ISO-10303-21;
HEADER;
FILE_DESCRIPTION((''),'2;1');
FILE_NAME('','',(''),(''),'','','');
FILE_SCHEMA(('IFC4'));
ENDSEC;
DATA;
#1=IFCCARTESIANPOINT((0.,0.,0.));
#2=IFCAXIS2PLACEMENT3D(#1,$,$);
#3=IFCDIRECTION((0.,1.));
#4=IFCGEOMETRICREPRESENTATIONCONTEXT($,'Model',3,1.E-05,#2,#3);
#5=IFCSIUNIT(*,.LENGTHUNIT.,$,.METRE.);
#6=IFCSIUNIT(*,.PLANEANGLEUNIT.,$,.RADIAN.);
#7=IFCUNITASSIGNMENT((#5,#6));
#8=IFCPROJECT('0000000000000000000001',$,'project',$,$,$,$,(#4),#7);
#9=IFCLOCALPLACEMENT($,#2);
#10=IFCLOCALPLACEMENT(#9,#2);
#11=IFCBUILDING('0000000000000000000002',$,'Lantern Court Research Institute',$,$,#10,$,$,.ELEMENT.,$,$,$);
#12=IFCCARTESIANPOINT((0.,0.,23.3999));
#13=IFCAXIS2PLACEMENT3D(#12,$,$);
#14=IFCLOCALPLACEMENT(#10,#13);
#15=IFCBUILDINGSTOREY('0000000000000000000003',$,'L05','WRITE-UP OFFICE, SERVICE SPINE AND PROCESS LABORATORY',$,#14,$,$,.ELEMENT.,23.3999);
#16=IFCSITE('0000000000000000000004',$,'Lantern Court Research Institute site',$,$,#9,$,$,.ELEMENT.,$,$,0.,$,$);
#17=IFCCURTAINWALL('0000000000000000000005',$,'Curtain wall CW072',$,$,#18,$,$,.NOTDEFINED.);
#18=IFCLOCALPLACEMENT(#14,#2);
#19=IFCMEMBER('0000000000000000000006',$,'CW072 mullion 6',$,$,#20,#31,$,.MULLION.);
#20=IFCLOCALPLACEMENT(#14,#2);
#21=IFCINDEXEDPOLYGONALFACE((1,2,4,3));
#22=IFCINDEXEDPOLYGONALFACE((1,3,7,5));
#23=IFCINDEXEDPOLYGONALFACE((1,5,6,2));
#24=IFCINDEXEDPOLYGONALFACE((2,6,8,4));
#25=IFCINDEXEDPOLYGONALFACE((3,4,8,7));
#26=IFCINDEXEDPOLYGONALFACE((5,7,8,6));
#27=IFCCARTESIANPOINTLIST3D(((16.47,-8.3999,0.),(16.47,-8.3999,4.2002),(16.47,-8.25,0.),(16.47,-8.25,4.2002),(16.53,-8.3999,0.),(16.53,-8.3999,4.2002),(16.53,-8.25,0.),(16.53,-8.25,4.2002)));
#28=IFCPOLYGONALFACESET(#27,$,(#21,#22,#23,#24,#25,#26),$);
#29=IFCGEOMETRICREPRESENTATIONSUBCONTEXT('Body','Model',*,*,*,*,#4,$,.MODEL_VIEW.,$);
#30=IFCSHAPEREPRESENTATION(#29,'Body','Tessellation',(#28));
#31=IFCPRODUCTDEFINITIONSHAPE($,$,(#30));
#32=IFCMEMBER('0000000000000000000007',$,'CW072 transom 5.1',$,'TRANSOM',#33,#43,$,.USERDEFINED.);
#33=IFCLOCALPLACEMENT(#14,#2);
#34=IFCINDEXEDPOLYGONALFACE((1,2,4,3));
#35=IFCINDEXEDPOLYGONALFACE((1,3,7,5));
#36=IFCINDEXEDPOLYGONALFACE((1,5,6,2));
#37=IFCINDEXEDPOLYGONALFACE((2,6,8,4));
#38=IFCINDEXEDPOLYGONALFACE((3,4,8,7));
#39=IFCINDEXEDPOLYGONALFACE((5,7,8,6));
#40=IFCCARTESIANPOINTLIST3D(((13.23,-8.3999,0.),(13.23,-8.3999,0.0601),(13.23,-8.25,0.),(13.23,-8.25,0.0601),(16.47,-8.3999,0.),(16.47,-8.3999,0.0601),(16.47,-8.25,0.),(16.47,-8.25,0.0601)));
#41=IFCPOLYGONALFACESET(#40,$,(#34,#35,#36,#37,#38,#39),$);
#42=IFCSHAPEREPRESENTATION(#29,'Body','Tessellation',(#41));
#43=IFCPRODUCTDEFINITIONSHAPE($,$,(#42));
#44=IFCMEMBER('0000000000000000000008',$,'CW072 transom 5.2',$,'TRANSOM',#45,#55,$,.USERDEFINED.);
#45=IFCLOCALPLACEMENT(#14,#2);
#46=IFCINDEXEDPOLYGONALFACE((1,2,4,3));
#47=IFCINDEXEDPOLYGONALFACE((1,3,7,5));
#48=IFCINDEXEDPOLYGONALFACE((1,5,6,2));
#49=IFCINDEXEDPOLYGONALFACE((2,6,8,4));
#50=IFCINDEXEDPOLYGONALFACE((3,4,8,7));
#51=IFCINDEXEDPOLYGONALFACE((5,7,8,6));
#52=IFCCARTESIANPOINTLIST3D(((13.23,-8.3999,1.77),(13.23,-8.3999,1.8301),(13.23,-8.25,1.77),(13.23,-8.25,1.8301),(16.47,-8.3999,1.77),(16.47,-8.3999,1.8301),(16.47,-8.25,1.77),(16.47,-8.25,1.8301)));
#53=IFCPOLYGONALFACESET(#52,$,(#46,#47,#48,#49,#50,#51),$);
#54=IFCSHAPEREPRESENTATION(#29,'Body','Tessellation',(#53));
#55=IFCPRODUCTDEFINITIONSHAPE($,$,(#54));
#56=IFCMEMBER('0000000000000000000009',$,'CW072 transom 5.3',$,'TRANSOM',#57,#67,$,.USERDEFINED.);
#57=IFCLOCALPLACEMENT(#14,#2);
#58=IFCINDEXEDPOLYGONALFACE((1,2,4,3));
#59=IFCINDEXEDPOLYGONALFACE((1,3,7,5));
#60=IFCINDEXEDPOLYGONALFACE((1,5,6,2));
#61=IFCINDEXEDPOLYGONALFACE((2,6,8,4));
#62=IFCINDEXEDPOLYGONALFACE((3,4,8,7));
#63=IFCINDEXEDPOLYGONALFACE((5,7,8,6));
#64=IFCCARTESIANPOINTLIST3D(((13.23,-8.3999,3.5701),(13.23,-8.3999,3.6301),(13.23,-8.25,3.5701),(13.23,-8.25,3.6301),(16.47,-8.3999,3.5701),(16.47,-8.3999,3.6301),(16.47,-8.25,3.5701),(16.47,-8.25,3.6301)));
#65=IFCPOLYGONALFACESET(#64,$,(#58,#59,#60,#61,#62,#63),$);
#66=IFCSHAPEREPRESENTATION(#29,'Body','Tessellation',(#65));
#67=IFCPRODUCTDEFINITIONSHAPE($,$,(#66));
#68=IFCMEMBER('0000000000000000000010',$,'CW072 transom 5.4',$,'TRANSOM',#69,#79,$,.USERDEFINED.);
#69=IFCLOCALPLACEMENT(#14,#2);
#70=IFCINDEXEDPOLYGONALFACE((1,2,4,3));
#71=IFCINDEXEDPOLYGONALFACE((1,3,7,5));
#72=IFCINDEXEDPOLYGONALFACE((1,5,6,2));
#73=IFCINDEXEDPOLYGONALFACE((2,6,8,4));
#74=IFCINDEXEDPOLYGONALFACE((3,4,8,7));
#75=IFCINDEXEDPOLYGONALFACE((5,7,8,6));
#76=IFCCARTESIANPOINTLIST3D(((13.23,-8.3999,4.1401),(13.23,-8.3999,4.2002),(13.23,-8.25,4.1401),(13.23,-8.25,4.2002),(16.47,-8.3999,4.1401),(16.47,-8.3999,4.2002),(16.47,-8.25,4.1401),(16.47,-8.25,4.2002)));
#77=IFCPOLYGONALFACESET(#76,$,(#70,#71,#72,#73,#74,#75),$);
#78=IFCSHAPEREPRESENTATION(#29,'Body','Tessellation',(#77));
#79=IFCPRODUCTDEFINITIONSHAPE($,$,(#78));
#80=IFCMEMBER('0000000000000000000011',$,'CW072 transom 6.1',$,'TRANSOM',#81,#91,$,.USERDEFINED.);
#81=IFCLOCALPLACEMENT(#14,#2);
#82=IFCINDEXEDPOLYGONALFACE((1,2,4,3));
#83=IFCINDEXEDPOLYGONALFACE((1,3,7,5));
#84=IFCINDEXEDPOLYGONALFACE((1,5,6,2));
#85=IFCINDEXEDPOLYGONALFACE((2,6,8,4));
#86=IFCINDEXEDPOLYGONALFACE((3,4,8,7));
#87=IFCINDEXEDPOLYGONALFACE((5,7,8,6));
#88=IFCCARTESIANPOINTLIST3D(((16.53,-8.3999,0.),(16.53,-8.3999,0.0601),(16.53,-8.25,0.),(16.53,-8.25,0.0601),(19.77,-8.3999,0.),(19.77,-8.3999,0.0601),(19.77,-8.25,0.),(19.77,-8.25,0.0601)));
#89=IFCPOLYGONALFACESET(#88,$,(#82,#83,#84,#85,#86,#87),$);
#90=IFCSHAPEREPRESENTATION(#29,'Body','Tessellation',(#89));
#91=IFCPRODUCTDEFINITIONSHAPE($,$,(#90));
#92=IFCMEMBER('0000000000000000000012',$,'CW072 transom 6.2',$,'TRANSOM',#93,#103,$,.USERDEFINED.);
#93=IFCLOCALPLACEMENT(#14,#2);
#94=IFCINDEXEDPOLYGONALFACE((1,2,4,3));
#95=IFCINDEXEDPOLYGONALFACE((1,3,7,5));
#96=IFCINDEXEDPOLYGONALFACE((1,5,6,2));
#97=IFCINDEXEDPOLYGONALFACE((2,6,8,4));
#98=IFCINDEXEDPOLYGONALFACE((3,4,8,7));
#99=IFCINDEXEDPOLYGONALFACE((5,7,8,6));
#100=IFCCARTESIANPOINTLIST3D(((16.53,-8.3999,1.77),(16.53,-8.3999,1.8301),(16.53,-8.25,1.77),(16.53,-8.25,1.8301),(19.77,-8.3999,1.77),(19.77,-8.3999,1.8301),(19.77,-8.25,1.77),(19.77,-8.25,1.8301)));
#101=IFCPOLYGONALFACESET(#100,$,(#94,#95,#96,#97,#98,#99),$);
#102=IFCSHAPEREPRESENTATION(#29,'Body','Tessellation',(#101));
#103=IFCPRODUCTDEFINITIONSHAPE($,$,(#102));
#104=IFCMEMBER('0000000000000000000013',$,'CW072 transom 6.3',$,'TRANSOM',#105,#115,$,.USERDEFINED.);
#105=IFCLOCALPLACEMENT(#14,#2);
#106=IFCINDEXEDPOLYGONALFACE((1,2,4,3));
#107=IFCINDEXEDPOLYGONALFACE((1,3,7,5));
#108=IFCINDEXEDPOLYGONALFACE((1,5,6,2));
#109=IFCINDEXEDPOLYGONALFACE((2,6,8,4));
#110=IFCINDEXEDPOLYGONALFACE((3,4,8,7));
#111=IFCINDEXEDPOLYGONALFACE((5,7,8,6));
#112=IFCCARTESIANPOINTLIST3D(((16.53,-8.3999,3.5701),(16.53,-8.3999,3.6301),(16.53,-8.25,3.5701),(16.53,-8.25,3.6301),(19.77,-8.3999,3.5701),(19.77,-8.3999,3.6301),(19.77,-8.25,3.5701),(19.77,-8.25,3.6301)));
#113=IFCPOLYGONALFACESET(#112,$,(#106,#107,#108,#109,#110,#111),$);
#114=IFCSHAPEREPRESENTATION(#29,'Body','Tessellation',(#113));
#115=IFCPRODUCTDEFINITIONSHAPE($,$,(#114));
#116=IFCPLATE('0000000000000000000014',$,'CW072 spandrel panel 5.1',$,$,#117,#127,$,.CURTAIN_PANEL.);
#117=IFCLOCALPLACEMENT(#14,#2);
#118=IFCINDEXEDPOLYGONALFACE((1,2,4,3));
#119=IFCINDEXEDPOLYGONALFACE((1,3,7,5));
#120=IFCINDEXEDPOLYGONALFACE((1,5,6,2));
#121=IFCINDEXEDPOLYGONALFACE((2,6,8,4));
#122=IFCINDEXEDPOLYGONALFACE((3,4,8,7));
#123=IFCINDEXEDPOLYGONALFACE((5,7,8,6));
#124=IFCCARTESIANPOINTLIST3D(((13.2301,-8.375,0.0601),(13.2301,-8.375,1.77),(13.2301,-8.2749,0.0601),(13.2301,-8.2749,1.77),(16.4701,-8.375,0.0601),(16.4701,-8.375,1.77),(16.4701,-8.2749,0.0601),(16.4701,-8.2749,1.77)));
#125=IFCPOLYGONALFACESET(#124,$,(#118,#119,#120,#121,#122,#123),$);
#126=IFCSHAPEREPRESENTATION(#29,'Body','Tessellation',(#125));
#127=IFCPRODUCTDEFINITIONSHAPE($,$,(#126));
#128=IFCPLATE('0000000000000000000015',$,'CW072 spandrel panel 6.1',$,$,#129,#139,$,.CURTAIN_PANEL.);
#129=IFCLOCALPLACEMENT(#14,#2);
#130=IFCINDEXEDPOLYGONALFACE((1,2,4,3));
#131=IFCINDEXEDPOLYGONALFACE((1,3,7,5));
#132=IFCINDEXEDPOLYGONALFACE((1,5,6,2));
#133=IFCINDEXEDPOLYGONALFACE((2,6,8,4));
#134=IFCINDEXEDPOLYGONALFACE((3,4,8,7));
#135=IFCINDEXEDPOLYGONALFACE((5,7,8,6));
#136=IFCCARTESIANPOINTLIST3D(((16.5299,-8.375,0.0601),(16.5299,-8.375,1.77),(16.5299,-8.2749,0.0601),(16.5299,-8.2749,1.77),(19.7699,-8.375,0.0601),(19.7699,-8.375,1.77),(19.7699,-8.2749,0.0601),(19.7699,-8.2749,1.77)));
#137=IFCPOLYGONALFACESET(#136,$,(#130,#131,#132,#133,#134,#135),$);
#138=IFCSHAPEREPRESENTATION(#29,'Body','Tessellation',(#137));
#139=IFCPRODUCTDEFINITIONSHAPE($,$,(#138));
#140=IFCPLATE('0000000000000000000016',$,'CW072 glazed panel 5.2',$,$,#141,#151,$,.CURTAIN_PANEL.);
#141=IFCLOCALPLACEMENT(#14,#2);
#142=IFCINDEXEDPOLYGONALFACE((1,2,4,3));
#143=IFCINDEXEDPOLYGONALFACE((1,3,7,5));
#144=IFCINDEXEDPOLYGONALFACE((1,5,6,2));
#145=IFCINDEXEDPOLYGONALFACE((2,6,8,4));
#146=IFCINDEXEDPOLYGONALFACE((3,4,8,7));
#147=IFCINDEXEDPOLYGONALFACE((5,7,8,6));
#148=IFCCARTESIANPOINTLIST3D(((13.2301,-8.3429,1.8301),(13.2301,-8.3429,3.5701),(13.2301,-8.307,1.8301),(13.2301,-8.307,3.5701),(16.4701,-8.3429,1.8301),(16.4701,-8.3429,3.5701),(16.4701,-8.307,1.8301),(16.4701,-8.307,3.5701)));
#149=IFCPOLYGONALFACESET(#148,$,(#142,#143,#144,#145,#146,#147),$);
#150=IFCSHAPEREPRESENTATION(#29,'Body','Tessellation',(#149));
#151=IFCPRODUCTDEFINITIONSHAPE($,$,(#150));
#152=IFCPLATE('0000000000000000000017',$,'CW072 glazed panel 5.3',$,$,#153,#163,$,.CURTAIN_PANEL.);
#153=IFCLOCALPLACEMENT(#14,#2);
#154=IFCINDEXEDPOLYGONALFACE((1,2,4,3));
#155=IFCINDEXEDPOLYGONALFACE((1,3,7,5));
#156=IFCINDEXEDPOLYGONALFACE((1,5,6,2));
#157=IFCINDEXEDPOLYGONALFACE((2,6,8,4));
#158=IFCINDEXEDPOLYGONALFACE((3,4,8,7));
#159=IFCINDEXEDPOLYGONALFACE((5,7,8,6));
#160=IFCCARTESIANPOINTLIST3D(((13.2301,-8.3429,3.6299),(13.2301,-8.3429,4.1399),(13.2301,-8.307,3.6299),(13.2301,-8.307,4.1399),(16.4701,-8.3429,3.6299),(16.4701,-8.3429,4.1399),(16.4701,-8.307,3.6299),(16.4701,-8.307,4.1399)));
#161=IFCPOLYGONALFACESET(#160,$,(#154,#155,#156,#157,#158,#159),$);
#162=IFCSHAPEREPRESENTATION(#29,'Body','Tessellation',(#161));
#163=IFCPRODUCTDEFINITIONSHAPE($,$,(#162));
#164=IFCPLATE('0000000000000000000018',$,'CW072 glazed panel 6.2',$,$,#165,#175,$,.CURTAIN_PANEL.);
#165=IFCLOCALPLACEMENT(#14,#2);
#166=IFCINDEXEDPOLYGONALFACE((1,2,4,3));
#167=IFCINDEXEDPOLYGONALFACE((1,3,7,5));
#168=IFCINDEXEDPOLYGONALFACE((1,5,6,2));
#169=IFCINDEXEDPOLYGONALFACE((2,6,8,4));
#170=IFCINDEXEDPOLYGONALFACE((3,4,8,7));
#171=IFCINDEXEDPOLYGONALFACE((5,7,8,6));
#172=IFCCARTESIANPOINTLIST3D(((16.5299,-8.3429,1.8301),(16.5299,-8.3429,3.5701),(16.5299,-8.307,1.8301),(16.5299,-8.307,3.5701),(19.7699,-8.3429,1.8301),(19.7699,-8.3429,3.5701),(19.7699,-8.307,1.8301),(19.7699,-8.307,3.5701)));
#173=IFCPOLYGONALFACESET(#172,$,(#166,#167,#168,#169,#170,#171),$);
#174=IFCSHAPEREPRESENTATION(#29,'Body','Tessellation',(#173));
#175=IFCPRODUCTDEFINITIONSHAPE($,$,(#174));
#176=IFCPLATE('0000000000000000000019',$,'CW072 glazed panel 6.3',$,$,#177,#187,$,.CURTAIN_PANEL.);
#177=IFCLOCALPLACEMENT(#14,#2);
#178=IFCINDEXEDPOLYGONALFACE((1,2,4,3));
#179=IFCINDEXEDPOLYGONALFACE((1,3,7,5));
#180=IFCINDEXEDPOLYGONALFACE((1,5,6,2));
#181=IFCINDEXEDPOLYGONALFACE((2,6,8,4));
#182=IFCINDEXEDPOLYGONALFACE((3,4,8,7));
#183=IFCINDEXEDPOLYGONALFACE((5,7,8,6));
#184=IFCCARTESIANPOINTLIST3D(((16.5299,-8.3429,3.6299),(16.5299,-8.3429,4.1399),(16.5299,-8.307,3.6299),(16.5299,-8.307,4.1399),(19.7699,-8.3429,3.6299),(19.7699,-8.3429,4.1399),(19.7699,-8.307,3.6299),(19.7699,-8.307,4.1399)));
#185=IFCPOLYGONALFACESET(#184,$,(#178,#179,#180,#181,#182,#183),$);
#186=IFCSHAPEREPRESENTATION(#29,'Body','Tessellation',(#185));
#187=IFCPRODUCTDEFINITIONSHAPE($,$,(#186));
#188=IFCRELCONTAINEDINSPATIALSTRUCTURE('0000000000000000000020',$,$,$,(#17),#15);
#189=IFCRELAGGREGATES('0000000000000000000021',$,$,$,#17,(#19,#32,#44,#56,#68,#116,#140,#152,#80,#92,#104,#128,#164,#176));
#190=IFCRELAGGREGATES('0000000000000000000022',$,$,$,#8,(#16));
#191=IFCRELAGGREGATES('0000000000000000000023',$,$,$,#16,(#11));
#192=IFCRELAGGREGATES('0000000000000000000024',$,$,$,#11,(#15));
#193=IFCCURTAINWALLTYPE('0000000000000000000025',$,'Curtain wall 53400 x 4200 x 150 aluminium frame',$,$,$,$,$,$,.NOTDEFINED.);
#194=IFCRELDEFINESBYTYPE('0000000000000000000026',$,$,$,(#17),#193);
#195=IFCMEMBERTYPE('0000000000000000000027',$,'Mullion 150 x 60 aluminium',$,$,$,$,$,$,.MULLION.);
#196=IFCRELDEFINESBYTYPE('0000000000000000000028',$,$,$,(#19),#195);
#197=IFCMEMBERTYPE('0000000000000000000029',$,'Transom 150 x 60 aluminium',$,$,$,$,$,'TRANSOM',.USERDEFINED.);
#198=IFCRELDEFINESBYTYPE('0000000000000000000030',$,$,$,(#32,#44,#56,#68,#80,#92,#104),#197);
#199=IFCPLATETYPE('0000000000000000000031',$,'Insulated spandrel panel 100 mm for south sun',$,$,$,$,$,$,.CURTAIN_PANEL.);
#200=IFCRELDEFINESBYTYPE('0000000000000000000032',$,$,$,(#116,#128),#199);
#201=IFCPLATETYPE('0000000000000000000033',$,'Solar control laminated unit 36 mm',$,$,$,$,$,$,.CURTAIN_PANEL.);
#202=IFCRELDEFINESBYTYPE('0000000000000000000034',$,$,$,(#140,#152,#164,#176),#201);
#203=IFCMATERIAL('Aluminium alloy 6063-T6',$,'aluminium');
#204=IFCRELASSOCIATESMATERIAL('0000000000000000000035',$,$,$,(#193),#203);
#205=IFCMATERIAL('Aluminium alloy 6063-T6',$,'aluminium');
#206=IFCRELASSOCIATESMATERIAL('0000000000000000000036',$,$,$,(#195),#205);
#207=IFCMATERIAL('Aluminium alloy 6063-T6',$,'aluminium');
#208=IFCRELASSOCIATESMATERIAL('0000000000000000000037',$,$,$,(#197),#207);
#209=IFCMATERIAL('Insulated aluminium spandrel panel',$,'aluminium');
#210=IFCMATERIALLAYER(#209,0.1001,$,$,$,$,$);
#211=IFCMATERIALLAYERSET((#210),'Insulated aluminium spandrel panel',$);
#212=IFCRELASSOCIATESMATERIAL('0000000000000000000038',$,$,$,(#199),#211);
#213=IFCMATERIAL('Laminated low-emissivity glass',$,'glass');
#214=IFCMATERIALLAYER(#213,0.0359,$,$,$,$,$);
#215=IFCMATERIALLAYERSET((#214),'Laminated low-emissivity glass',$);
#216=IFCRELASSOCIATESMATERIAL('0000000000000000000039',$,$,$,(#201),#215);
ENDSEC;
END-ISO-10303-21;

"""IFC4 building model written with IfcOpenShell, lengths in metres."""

from ifc_helpers import new_model, si_unit, direction, frame, origin, origin_2d, place, context, subcontext, project, spatial, rectangle, extrude, material, layer, layer_set, material_profile, profile_set, type_object, element, aggregate, save


model = new_model("IFC4")

# Units and contexts
model_context = context("Model", 3, precision=1e-05, world=origin(), true_north=direction((0.0, 1.0)))
body_context = subcontext(model_context, "Body", "Model", "MODEL_VIEW")
ifc_project = project(units=[si_unit("LENGTHUNIT", "METRE"), si_unit("PLANEANGLEUNIT", "RADIAN")], contexts=[model_context])

# Site, building, storey
site_placement = place(None, origin())
site = spatial("IfcSite", under=ifc_project, at=site_placement, Name="Lantern Court Research Institute site", CompositionType="ELEMENT", RefElevation=0.0)
building_placement = place(site_placement, origin())
building = spatial("IfcBuilding", under=site, at=building_placement, Name="Lantern Court Research Institute", CompositionType="ELEMENT")
storey_placement = place(building_placement, frame((0.0, 0.0, 23.3999)))
storey = spatial("IfcBuildingStorey", under=building, at=storey_placement, Name="L05", Description="WRITE-UP OFFICE, SERVICE SPINE AND PROCESS LABORATORY", CompositionType="ELEMENT", Elevation=23.3999)

# Curtain wall, members, plates
ifc_material_1 = material(Name="Aluminium alloy 6063-T6", Category="aluminium")
curtain_wall_type = type_object("IfcCurtainWallType", Name="Curtain wall 53400 x 4200 x 150 aluminium frame", PredefinedType="NOTDEFINED", material=ifc_material_1)
curtain_wall_placement = place(storey_placement, origin())
curtain_wall = element("IfcCurtainWall", 1, at=curtain_wall_placement, inside=storey, type_object=curtain_wall_type, Name="Curtain wall CW072", PredefinedType="NOTDEFINED")
ifc_material_2 = material(Name="Aluminium alloy 6063-T6", Category="aluminium")
ifc_material_profile_1 = material_profile(ifc_material_2, rectangle(XDim=0.1499, YDim=0.0601, at=origin_2d()), Name="Mullion 150 x 60")
ifc_profile_set_1 = profile_set([ifc_material_profile_1], Name="Aluminium alloy 6063-T6")
member_type_1 = type_object("IfcMemberType", Name="Mullion 150 x 60 aluminium", PredefinedType="MULLION", material=ifc_profile_set_1)
member_1_placement = place(storey_placement, frame((16.5, -8.325, 0.0), z_axis=(0.0, 0.0, 1.0), x_axis=(0.0, -1.0, 0.0)))
member_1 = element("IfcMember", 2, at=member_1_placement, type_object=member_type_1, Name="CW072 mullion 6", PredefinedType="MULLION", context=body_context, shape_type="SweptSolid", body=[
    extrude(rectangle(XDim=0.1499, YDim=0.0601, at=origin_2d()), origin(), (0.0, 0.0, 1.0), 4.2002),
])
ifc_material_3 = material(Name="Aluminium alloy 6063-T6", Category="aluminium")
ifc_material_profile_2 = material_profile(ifc_material_3, rectangle(XDim=0.1499, YDim=0.0601, at=origin_2d()), Name="Transom 150 x 60")
ifc_profile_set_2 = profile_set([ifc_material_profile_2], Name="Aluminium alloy 6063-T6")
member_type_2 = type_object("IfcMemberType", Name="Transom 150 x 60 aluminium", ElementType="TRANSOM", PredefinedType="USERDEFINED", material=ifc_profile_set_2)
member_2_placement = place(storey_placement, frame((16.47, -8.325, 0.03), z_axis=(-1.0, 0.0, 0.0), x_axis=(0.0, -1.0, 0.0)))
member_2 = element("IfcMember", 3, at=member_2_placement, type_object=member_type_2, Name="CW072 transom 5.1", ObjectType="TRANSOM", PredefinedType="USERDEFINED", context=body_context, shape_type="SweptSolid", body=[
    extrude(rectangle(XDim=0.1499, YDim=0.0601, at=origin_2d()), origin(), (0.0, 0.0, 1.0), 3.24),
])
member_3_placement = place(storey_placement, frame((16.47, -8.325, 1.8), z_axis=(-1.0, 0.0, 0.0), x_axis=(0.0, -1.0, 0.0)))
member_3 = element("IfcMember", 4, at=member_3_placement, type_object=member_type_2, Name="CW072 transom 5.2", ObjectType="TRANSOM", PredefinedType="USERDEFINED", context=body_context, shape_type="SweptSolid", body=[
    extrude(rectangle(XDim=0.1499, YDim=0.0601, at=origin_2d()), origin(), (0.0, 0.0, 1.0), 3.24),
])
member_4_placement = place(storey_placement, frame((16.47, -8.325, 3.6001), z_axis=(-1.0, 0.0, 0.0), x_axis=(0.0, -1.0, 0.0)))
member_4 = element("IfcMember", 5, at=member_4_placement, type_object=member_type_2, Name="CW072 transom 5.3", ObjectType="TRANSOM", PredefinedType="USERDEFINED", context=body_context, shape_type="SweptSolid", body=[
    extrude(rectangle(XDim=0.1499, YDim=0.0601, at=origin_2d()), origin(), (0.0, 0.0, 1.0), 3.24),
])
member_5_placement = place(storey_placement, frame((16.47, -8.325, 4.1702), z_axis=(-1.0, 0.0, 0.0), x_axis=(0.0, -1.0, 0.0)))
member_5 = element("IfcMember", 6, at=member_5_placement, type_object=member_type_2, Name="CW072 transom 5.4", ObjectType="TRANSOM", PredefinedType="USERDEFINED", context=body_context, shape_type="SweptSolid", body=[
    extrude(rectangle(XDim=0.1499, YDim=0.0601, at=origin_2d()), origin(), (0.0, 0.0, 1.0), 3.24),
])
member_6_placement = place(storey_placement, frame((19.77, -8.325, 0.03), z_axis=(-1.0, 0.0, 0.0), x_axis=(0.0, -1.0, 0.0)))
member_6 = element("IfcMember", 7, at=member_6_placement, type_object=member_type_2, Name="CW072 transom 6.1", ObjectType="TRANSOM", PredefinedType="USERDEFINED", context=body_context, shape_type="SweptSolid", body=[
    extrude(rectangle(XDim=0.1499, YDim=0.0601, at=origin_2d()), origin(), (0.0, 0.0, 1.0), 3.24),
])
member_7_placement = place(storey_placement, frame((19.77, -8.325, 1.8), z_axis=(-1.0, 0.0, 0.0), x_axis=(0.0, -1.0, 0.0)))
member_7 = element("IfcMember", 8, at=member_7_placement, type_object=member_type_2, Name="CW072 transom 6.2", ObjectType="TRANSOM", PredefinedType="USERDEFINED", context=body_context, shape_type="SweptSolid", body=[
    extrude(rectangle(XDim=0.1499, YDim=0.0601, at=origin_2d()), origin(), (0.0, 0.0, 1.0), 3.24),
])
member_8_placement = place(storey_placement, frame((19.77, -8.325, 3.6001), z_axis=(-1.0, 0.0, 0.0), x_axis=(0.0, -1.0, 0.0)))
member_8 = element("IfcMember", 9, at=member_8_placement, type_object=member_type_2, Name="CW072 transom 6.3", ObjectType="TRANSOM", PredefinedType="USERDEFINED", context=body_context, shape_type="SweptSolid", body=[
    extrude(rectangle(XDim=0.1499, YDim=0.0601, at=origin_2d()), origin(), (0.0, 0.0, 1.0), 3.24),
])
ifc_material_4 = material(Name="Insulated aluminium spandrel panel", Category="aluminium")
ifc_layer_1 = layer(ifc_material_4, 0.1001)
ifc_layer_set_1 = layer_set([ifc_layer_1], Name="Insulated aluminium spandrel panel")
plate_type_1 = type_object("IfcPlateType", Name="Insulated spandrel panel 100 mm for south sun", PredefinedType="CURTAIN_PANEL", material=ifc_layer_set_1)
plate_1_placement = place(storey_placement, frame((14.8501, -8.325, 0.0601), z_axis=(0.0, 0.0, 1.0), x_axis=(-1.0, 0.0, 0.0)))
plate_1 = element("IfcPlate", 10, at=plate_1_placement, type_object=plate_type_1, Name="CW072 spandrel panel 5.1", PredefinedType="CURTAIN_PANEL", context=body_context, shape_type="SweptSolid", body=[
    extrude(rectangle(XDim=3.24, YDim=0.1001, at=origin_2d()), origin(), (0.0, 0.0, 1.0), 1.71),
])
plate_2_placement = place(storey_placement, frame((18.1499, -8.325, 0.0601), z_axis=(0.0, 0.0, 1.0), x_axis=(-1.0, 0.0, 0.0)))
plate_2 = element("IfcPlate", 11, at=plate_2_placement, type_object=plate_type_1, Name="CW072 spandrel panel 6.1", PredefinedType="CURTAIN_PANEL", context=body_context, shape_type="SweptSolid", body=[
    extrude(rectangle(XDim=3.24, YDim=0.1001, at=origin_2d()), origin(), (0.0, 0.0, 1.0), 1.71),
])
ifc_material_5 = material(Name="Laminated low-emissivity glass", Category="glass")
ifc_layer_2 = layer(ifc_material_5, 0.0359)
ifc_layer_set_2 = layer_set([ifc_layer_2], Name="Laminated low-emissivity glass")
plate_type_2 = type_object("IfcPlateType", Name="Solar control laminated unit 36 mm", PredefinedType="CURTAIN_PANEL", material=ifc_layer_set_2)
plate_3_placement = place(storey_placement, frame((14.8501, -8.325, 1.8301), z_axis=(0.0, 0.0, 1.0), x_axis=(-1.0, 0.0, 0.0)))
plate_3 = element("IfcPlate", 12, at=plate_3_placement, type_object=plate_type_2, Name="CW072 glazed panel 5.2", PredefinedType="CURTAIN_PANEL", context=body_context, shape_type="SweptSolid", body=[
    extrude(rectangle(XDim=3.24, YDim=0.0359, at=origin_2d()), origin(), (0.0, 0.0, 1.0), 1.74),
])
plate_4_placement = place(storey_placement, frame((14.8501, -8.325, 3.6299), z_axis=(0.0, 0.0, 1.0), x_axis=(-1.0, 0.0, 0.0)))
plate_4 = element("IfcPlate", 13, at=plate_4_placement, type_object=plate_type_2, Name="CW072 glazed panel 5.3", PredefinedType="CURTAIN_PANEL", context=body_context, shape_type="SweptSolid", body=[
    extrude(rectangle(XDim=3.24, YDim=0.0359, at=origin_2d()), origin(), (0.0, 0.0, 1.0), 0.51),
])
plate_5_placement = place(storey_placement, frame((18.1499, -8.325, 1.8301), z_axis=(0.0, 0.0, 1.0), x_axis=(-1.0, 0.0, 0.0)))
plate_5 = element("IfcPlate", 14, at=plate_5_placement, type_object=plate_type_2, Name="CW072 glazed panel 6.2", PredefinedType="CURTAIN_PANEL", context=body_context, shape_type="SweptSolid", body=[
    extrude(rectangle(XDim=3.24, YDim=0.0359, at=origin_2d()), origin(), (0.0, 0.0, 1.0), 1.74),
])
plate_6_placement = place(storey_placement, frame((18.1499, -8.325, 3.6299), z_axis=(0.0, 0.0, 1.0), x_axis=(-1.0, 0.0, 0.0)))
plate_6 = element("IfcPlate", 15, at=plate_6_placement, type_object=plate_type_2, Name="CW072 glazed panel 6.3", PredefinedType="CURTAIN_PANEL", context=body_context, shape_type="SweptSolid", body=[
    extrude(rectangle(XDim=3.24, YDim=0.0359, at=origin_2d()), origin(), (0.0, 0.0, 1.0), 0.51),
])
aggregate(curtain_wall, [member_1, member_2, member_3, member_4, member_5, plate_1, plate_3, plate_4, member_6, member_7, member_8, plate_2, plate_5, plate_6])

save(model, "model.ifc")
